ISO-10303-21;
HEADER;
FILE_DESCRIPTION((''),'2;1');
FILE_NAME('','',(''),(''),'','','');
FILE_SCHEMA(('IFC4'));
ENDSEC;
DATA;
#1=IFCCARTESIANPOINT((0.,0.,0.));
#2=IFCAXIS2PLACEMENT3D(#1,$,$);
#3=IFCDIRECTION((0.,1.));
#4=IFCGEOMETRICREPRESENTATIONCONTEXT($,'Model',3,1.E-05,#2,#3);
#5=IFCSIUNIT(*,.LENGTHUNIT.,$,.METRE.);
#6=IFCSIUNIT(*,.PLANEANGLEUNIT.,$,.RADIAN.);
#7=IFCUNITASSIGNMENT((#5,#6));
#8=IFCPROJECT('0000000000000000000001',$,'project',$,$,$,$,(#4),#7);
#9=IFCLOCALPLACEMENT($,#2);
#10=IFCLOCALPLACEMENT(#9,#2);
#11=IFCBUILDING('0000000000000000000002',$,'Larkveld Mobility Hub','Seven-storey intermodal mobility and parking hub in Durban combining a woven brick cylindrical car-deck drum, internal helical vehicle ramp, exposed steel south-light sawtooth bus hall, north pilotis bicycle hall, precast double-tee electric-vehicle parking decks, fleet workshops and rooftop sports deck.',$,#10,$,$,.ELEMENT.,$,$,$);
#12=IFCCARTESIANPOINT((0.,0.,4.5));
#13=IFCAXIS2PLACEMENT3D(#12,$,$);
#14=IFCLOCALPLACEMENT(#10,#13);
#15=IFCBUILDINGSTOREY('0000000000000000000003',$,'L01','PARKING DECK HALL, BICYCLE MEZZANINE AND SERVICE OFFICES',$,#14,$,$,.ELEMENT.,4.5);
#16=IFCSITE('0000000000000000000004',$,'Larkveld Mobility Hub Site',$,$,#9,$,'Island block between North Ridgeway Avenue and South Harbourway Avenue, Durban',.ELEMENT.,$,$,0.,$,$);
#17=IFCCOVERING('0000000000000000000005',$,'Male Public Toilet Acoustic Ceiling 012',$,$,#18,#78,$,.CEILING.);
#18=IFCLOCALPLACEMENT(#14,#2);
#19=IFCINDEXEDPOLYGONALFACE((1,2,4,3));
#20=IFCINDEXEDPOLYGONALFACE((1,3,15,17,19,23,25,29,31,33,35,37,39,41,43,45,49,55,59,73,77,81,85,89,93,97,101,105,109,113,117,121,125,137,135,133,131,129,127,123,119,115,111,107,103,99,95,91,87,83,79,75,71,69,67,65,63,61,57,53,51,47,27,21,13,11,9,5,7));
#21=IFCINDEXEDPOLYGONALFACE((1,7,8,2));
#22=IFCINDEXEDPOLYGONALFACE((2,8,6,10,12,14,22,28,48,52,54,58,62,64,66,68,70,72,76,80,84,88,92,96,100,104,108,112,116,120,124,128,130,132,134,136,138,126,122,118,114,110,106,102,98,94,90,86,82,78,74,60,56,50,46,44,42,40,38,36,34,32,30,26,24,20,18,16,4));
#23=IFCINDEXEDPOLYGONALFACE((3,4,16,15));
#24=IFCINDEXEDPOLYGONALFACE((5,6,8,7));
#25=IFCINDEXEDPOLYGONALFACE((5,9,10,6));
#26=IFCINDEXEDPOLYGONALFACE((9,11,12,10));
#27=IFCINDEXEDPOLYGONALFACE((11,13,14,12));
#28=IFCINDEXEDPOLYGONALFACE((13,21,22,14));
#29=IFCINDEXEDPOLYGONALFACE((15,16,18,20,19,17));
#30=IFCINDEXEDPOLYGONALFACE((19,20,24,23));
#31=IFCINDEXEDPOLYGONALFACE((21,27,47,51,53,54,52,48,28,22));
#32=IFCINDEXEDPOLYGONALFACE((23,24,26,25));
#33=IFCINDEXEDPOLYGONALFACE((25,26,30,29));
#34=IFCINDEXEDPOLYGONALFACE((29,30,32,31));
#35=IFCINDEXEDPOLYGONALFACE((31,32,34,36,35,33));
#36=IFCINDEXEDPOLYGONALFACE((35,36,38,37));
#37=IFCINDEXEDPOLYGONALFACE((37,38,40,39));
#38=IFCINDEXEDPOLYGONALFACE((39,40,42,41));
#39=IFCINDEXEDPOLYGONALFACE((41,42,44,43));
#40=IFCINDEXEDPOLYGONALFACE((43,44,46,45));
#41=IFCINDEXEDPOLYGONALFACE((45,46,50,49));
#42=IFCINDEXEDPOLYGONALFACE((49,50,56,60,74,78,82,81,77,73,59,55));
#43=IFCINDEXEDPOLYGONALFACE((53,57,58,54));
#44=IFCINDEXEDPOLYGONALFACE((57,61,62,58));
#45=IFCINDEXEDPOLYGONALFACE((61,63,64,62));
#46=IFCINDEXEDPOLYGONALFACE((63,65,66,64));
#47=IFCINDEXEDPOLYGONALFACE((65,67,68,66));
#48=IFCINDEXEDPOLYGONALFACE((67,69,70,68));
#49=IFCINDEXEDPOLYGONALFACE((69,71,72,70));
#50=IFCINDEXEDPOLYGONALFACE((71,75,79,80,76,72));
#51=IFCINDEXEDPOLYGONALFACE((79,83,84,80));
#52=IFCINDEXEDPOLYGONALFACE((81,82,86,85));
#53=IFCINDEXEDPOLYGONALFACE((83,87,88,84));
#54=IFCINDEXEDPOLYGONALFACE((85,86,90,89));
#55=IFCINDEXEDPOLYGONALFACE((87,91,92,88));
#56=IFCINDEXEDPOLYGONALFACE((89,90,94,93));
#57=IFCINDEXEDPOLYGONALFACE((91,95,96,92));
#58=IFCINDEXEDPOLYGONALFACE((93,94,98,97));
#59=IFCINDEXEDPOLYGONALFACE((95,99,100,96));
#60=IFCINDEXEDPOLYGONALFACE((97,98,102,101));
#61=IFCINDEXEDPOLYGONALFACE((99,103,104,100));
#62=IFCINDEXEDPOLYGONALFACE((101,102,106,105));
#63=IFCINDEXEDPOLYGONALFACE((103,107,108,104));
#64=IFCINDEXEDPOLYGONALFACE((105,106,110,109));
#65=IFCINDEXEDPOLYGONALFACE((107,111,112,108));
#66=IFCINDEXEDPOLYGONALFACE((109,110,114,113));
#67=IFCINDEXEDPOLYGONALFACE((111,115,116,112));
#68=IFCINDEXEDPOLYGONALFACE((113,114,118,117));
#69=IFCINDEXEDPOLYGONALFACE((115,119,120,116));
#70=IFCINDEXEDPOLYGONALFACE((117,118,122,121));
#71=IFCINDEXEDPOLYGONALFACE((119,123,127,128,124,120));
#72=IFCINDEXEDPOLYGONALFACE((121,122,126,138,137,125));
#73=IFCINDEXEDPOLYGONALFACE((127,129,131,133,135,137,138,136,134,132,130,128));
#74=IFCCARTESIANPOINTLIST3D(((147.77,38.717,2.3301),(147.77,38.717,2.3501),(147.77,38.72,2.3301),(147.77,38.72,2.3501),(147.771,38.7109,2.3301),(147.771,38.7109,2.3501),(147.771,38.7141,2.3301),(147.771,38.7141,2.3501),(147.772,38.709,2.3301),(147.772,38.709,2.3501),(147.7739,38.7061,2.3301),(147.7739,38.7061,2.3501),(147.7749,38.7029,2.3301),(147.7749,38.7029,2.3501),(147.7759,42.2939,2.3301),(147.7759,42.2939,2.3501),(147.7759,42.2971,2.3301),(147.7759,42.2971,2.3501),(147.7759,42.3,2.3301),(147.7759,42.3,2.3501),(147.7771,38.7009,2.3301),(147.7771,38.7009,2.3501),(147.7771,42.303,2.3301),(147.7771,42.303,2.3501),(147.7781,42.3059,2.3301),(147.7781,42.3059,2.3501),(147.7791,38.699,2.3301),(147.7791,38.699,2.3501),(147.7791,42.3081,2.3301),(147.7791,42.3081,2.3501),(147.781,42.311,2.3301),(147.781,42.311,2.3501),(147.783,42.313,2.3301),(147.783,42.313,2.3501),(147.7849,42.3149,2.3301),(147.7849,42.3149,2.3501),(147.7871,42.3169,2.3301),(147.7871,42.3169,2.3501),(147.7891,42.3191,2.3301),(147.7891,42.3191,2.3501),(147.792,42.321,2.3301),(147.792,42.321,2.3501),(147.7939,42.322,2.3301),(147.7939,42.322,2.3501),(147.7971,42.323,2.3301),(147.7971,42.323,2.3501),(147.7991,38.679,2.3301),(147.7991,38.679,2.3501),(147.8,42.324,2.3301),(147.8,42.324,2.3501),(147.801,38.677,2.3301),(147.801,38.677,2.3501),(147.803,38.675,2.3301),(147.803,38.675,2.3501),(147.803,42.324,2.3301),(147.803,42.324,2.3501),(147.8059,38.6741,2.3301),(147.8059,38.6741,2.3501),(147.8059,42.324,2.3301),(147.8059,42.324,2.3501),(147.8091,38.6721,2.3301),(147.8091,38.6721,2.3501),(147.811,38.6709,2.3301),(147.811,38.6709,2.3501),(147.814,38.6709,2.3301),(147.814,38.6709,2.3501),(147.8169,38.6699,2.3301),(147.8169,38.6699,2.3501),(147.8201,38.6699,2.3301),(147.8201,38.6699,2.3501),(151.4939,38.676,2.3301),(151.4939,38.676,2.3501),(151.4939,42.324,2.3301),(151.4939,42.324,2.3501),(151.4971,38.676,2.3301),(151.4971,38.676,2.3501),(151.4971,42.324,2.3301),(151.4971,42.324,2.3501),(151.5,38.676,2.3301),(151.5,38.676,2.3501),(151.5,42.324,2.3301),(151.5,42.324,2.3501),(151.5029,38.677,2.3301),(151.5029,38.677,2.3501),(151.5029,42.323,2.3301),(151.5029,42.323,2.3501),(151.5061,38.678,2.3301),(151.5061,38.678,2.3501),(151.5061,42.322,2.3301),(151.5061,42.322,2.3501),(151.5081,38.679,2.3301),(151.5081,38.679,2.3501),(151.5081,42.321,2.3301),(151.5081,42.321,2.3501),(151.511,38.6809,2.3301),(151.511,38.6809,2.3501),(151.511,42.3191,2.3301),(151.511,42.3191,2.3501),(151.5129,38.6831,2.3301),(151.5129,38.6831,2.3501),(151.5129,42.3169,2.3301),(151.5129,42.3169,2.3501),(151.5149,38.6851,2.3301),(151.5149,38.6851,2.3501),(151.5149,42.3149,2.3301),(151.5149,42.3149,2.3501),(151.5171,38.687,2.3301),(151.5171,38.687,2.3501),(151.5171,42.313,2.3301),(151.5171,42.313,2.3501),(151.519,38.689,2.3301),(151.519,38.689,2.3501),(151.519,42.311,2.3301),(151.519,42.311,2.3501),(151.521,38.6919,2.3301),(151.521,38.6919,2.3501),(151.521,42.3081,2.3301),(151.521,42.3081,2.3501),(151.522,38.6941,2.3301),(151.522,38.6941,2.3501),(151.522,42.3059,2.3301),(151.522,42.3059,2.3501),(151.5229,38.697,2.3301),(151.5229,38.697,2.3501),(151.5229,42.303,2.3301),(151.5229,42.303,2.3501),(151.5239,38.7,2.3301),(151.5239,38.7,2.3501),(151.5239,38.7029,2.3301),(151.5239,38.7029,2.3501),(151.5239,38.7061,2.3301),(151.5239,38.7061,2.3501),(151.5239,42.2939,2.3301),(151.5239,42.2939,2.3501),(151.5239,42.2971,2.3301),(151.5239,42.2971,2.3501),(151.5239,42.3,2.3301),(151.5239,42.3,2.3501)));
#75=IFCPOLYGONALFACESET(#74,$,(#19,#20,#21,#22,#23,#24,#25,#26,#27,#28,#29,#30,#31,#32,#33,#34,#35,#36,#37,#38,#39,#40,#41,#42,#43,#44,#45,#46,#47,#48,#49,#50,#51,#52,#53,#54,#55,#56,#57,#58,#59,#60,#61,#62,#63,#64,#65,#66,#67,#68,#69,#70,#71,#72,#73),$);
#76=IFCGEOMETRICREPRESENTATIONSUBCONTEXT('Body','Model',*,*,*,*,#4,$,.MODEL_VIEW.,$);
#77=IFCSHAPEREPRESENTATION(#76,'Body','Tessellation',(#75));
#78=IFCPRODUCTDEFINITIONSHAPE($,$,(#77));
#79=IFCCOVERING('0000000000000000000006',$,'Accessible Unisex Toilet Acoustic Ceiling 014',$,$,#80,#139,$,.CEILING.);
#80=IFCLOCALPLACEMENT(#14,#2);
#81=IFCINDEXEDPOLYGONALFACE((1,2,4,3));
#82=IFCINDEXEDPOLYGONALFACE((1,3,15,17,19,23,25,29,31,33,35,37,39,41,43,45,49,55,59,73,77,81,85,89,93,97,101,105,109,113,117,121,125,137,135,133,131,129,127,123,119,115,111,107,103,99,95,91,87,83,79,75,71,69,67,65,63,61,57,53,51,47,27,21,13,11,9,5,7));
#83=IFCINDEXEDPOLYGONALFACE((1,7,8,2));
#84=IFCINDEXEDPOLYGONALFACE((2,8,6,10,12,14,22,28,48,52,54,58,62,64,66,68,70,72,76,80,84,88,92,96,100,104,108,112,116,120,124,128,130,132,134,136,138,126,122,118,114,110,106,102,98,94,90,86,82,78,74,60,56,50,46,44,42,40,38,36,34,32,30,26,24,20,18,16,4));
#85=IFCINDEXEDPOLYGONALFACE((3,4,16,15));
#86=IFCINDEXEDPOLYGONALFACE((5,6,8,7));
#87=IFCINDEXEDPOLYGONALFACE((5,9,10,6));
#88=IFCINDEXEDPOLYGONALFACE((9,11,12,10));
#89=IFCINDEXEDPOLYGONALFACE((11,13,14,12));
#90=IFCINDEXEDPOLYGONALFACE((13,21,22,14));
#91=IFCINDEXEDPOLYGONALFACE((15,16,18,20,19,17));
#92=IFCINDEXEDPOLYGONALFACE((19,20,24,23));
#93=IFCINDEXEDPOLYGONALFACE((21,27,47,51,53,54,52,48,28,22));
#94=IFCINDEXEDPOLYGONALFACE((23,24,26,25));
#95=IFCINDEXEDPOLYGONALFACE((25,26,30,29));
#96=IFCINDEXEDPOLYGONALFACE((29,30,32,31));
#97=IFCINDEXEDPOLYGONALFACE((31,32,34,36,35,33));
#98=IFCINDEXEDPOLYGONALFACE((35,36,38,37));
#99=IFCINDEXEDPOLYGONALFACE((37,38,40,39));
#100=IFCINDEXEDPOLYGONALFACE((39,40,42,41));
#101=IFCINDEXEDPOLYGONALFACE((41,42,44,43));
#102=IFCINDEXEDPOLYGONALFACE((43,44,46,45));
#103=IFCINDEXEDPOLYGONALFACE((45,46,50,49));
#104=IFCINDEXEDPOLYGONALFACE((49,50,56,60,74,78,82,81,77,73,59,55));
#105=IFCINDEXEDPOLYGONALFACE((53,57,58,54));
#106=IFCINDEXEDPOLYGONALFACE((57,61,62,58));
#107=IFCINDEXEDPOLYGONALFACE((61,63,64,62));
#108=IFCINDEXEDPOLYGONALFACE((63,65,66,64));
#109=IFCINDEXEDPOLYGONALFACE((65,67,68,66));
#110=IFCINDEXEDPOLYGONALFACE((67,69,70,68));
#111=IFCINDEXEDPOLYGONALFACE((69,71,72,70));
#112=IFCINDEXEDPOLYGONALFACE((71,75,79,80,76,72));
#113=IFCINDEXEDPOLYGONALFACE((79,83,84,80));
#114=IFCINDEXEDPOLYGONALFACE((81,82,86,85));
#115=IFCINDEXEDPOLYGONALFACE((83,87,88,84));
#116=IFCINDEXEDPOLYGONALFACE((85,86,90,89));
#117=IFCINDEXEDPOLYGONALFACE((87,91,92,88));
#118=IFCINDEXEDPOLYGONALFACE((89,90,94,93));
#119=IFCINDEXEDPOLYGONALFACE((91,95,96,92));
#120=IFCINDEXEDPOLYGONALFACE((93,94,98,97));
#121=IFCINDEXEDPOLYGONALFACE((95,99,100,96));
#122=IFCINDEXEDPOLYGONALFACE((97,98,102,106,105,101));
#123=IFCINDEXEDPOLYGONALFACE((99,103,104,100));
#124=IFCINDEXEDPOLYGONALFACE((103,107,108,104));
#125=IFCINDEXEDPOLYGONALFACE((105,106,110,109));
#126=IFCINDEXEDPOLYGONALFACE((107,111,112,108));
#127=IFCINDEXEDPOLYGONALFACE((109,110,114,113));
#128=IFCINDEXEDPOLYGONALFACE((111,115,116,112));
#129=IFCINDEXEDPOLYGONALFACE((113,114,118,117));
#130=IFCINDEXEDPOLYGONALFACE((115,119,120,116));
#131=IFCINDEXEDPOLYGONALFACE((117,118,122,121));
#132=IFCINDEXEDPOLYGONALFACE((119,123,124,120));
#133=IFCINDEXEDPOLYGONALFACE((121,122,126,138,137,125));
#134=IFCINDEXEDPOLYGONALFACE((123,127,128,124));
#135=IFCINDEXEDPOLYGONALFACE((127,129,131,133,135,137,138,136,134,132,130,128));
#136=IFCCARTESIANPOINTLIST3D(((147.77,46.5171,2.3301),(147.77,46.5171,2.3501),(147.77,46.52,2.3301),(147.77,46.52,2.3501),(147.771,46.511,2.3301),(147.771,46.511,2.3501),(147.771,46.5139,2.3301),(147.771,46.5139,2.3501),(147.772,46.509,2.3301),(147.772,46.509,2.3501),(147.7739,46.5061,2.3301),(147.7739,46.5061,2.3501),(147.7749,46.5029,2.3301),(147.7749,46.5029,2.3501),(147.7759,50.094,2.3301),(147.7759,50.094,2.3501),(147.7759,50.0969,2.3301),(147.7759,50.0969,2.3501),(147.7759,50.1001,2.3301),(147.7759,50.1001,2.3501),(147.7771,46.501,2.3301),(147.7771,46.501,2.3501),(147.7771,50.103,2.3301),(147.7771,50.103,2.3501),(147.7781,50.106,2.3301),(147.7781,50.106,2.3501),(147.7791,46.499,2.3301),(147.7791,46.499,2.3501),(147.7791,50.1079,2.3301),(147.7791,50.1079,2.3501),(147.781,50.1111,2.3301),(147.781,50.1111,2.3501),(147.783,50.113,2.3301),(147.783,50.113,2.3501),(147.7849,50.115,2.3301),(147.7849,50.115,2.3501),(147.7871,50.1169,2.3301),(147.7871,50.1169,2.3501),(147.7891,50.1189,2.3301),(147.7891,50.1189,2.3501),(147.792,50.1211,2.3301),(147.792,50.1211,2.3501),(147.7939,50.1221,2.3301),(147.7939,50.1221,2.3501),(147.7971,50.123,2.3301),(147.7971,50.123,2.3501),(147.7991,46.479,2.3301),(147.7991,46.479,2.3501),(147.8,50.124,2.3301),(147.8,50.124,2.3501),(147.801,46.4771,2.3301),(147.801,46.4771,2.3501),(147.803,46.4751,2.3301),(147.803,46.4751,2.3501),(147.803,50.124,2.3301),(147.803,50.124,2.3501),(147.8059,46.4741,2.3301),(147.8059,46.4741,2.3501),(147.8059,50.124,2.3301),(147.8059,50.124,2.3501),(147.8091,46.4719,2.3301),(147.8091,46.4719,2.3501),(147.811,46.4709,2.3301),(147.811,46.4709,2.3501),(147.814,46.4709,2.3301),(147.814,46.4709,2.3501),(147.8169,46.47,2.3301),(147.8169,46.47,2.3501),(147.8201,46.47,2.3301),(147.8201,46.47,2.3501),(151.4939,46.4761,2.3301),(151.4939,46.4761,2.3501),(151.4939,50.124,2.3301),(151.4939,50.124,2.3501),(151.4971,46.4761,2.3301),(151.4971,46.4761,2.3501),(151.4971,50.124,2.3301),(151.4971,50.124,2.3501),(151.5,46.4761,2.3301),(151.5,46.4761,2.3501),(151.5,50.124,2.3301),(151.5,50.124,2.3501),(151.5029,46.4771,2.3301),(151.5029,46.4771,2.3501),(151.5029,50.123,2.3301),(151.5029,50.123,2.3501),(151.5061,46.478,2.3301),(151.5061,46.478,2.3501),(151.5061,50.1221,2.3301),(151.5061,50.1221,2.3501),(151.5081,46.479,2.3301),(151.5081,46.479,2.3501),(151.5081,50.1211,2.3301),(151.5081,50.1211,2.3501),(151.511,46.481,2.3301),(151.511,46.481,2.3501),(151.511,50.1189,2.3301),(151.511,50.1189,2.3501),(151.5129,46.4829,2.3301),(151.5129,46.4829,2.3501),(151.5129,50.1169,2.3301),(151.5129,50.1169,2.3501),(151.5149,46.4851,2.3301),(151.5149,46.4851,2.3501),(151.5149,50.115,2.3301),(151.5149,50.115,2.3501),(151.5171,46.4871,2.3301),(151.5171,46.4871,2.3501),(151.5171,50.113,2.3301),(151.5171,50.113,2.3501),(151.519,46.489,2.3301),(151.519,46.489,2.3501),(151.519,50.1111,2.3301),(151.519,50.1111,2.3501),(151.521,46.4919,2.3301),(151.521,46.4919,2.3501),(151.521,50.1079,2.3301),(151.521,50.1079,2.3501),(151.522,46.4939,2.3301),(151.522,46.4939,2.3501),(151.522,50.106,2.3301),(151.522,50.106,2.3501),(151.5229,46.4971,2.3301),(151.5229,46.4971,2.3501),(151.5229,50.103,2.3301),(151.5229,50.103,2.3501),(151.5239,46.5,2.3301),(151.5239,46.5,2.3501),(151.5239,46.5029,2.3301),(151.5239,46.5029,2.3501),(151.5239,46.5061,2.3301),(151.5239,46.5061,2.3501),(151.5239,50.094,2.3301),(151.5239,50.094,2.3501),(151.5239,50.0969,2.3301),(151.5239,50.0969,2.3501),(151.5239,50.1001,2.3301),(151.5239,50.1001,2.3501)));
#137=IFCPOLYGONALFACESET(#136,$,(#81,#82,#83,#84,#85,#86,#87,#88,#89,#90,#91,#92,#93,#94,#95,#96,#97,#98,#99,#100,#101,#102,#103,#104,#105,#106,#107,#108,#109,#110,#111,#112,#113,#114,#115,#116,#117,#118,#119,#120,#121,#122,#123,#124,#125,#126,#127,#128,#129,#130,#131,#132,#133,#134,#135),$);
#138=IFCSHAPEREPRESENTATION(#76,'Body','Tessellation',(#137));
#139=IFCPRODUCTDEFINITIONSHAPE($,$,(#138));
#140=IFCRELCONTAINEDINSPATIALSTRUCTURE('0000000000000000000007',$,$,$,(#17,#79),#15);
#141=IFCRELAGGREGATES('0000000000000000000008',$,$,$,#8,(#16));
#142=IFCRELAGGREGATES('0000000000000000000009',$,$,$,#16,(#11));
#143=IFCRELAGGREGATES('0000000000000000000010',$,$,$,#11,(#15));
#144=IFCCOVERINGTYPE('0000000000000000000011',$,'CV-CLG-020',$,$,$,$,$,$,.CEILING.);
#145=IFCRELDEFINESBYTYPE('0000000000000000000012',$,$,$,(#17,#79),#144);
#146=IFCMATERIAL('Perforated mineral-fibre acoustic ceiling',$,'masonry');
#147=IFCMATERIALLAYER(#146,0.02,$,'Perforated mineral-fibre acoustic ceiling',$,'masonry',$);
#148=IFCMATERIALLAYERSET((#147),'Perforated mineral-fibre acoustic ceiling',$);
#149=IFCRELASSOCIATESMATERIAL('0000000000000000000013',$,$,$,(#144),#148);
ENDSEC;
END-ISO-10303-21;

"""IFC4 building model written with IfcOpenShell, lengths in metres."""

from ifc_helpers import new_model, si_unit, direction, frame, origin, place, context, subcontext, project, spatial, polyline, outline, extrude, material, layer, layer_set, type_object, element, save


model = new_model("IFC4")

# Units and contexts
model_context = context("Model", 3, precision=1e-05, world=origin(), true_north=direction((0.0, 1.0)))
body_context = subcontext(model_context, "Body", "Model", "MODEL_VIEW")
ifc_project = project(units=[si_unit("LENGTHUNIT", "METRE"), si_unit("PLANEANGLEUNIT", "RADIAN")], contexts=[model_context])

# Site, building, storey
site_placement = place(None, origin())
site = spatial("IfcSite", under=ifc_project, at=site_placement, Name="Larkveld Mobility Hub Site", LongName="Island block between North Ridgeway Avenue and South Harbourway Avenue, Durban", CompositionType="ELEMENT", RefElevation=0.0)
building_placement = place(site_placement, origin())
building = spatial("IfcBuilding", under=site, at=building_placement, Name="Larkveld Mobility Hub", Description="Seven-storey intermodal mobility and parking hub in Durban combining a woven brick cylindrical car-deck drum, internal helical vehicle ramp, exposed steel south-light sawtooth bus hall, north pilotis bicycle hall, precast double-tee electric-vehicle parking decks, fleet workshops and rooftop sports deck.", CompositionType="ELEMENT")
storey_placement = place(building_placement, frame((0.0, 0.0, 4.5)))
storey = spatial("IfcBuildingStorey", under=building, at=storey_placement, Name="L01", Description="PARKING DECK HALL, BICYCLE MEZZANINE AND SERVICE OFFICES", CompositionType="ELEMENT", Elevation=4.5)

# Coverings
ifc_material_1 = material(Name="Perforated mineral-fibre acoustic ceiling", Category="masonry")
ifc_layer_1 = layer(ifc_material_1, 0.02, Name="Perforated mineral-fibre acoustic ceiling", Category="masonry")
ifc_layer_set_1 = layer_set([ifc_layer_1], Name="Perforated mineral-fibre acoustic ceiling")
covering_type_1 = type_object("IfcCoveringType", Name="CV-CLG-020", PredefinedType="CEILING", material=ifc_layer_set_1)
covering_1_placement = place(storey_placement, frame((0.0, 0.0, 2.3301)))
element("IfcCovering", 1, at=covering_1_placement, inside=storey, type_object=covering_type_1, Name="Male Public Toilet Acoustic Ceiling 012", PredefinedType="CEILING", context=body_context, shape_type="SweptSolid", body=[
    extrude(outline(polyline([(147.8201, 38.6699), (147.8169, 38.6699), (147.814, 38.6709), (147.811, 38.6709), (147.8091, 38.6721), (147.8059, 38.6741), (147.803, 38.675), (147.801, 38.677), (147.7991, 38.679), (147.7791, 38.699), (147.7771, 38.7009), (147.7749, 38.7029), (147.7739, 38.7061), (147.772, 38.709), (147.771, 38.7109), (147.771, 38.7141), (147.77, 38.717), (147.77, 38.72), (147.7759, 42.2939), (147.7759, 42.2971), (147.7759, 42.3), (147.7771, 42.303), (147.7781, 42.3059), (147.7791, 42.3081), (147.781, 42.311), (147.783, 42.313), (147.7849, 42.3149), (147.7871, 42.3169), (147.7891, 42.3191), (147.792, 42.321), (147.7939, 42.322), (147.7971, 42.323), (147.8, 42.324), (147.803, 42.324), (147.8059, 42.324), (151.4939, 42.324), (151.4971, 42.324), (151.5, 42.324), (151.5029, 42.323), (151.5061, 42.322), (151.5081, 42.321), (151.511, 42.3191), (151.5129, 42.3169), (151.5149, 42.3149), (151.5171, 42.313), (151.519, 42.311), (151.521, 42.3081), (151.522, 42.3059), (151.5229, 42.303), (151.5239, 42.3), (151.5239, 42.2971), (151.5239, 42.2939), (151.5239, 38.7061), (151.5239, 38.7029), (151.5239, 38.7), (151.5229, 38.697), (151.522, 38.6941), (151.521, 38.6919), (151.519, 38.689), (151.5171, 38.687), (151.5149, 38.6851), (151.5129, 38.6831), (151.511, 38.6809), (151.5081, 38.679), (151.5061, 38.678), (151.5029, 38.677), (151.5, 38.676), (151.4971, 38.676), (151.4939, 38.676), (147.8201, 38.6699)])), origin(), (0.0, 0.0, 1.0), 0.02),
])
covering_2_placement = place(storey_placement, frame((0.0, 0.0, 2.3301)))
element("IfcCovering", 2, at=covering_2_placement, inside=storey, type_object=covering_type_1, Name="Accessible Unisex Toilet Acoustic Ceiling 014", PredefinedType="CEILING", context=body_context, shape_type="SweptSolid", body=[
    extrude(outline(polyline([(147.8201, 46.47), (147.8169, 46.47), (147.814, 46.4709), (147.811, 46.4709), (147.8091, 46.4719), (147.8059, 46.4741), (147.803, 46.4751), (147.801, 46.4771), (147.7991, 46.479), (147.7791, 46.499), (147.7771, 46.501), (147.7749, 46.5029), (147.7739, 46.5061), (147.772, 46.509), (147.771, 46.511), (147.771, 46.5139), (147.77, 46.5171), (147.77, 46.52), (147.7759, 50.094), (147.7759, 50.0969), (147.7759, 50.1001), (147.7771, 50.103), (147.7781, 50.106), (147.7791, 50.1079), (147.781, 50.1111), (147.783, 50.113), (147.7849, 50.115), (147.7871, 50.1169), (147.7891, 50.1189), (147.792, 50.1211), (147.7939, 50.1221), (147.7971, 50.123), (147.8, 50.124), (147.803, 50.124), (147.8059, 50.124), (151.4939, 50.124), (151.4971, 50.124), (151.5, 50.124), (151.5029, 50.123), (151.5061, 50.1221), (151.5081, 50.1211), (151.511, 50.1189), (151.5129, 50.1169), (151.5149, 50.115), (151.5171, 50.113), (151.519, 50.1111), (151.521, 50.1079), (151.522, 50.106), (151.5229, 50.103), (151.5239, 50.1001), (151.5239, 50.0969), (151.5239, 50.094), (151.5239, 46.5061), (151.5239, 46.5029), (151.5239, 46.5), (151.5229, 46.4971), (151.522, 46.4939), (151.521, 46.4919), (151.519, 46.489), (151.5171, 46.4871), (151.5149, 46.4851), (151.5129, 46.4829), (151.511, 46.481), (151.5081, 46.479), (151.5061, 46.478), (151.5029, 46.4771), (151.5, 46.4761), (151.4971, 46.4761), (151.4939, 46.4761), (147.8201, 46.47)])), origin(), (0.0, 0.0, 1.0), 0.02),
])

save(model, "model.ifc")
